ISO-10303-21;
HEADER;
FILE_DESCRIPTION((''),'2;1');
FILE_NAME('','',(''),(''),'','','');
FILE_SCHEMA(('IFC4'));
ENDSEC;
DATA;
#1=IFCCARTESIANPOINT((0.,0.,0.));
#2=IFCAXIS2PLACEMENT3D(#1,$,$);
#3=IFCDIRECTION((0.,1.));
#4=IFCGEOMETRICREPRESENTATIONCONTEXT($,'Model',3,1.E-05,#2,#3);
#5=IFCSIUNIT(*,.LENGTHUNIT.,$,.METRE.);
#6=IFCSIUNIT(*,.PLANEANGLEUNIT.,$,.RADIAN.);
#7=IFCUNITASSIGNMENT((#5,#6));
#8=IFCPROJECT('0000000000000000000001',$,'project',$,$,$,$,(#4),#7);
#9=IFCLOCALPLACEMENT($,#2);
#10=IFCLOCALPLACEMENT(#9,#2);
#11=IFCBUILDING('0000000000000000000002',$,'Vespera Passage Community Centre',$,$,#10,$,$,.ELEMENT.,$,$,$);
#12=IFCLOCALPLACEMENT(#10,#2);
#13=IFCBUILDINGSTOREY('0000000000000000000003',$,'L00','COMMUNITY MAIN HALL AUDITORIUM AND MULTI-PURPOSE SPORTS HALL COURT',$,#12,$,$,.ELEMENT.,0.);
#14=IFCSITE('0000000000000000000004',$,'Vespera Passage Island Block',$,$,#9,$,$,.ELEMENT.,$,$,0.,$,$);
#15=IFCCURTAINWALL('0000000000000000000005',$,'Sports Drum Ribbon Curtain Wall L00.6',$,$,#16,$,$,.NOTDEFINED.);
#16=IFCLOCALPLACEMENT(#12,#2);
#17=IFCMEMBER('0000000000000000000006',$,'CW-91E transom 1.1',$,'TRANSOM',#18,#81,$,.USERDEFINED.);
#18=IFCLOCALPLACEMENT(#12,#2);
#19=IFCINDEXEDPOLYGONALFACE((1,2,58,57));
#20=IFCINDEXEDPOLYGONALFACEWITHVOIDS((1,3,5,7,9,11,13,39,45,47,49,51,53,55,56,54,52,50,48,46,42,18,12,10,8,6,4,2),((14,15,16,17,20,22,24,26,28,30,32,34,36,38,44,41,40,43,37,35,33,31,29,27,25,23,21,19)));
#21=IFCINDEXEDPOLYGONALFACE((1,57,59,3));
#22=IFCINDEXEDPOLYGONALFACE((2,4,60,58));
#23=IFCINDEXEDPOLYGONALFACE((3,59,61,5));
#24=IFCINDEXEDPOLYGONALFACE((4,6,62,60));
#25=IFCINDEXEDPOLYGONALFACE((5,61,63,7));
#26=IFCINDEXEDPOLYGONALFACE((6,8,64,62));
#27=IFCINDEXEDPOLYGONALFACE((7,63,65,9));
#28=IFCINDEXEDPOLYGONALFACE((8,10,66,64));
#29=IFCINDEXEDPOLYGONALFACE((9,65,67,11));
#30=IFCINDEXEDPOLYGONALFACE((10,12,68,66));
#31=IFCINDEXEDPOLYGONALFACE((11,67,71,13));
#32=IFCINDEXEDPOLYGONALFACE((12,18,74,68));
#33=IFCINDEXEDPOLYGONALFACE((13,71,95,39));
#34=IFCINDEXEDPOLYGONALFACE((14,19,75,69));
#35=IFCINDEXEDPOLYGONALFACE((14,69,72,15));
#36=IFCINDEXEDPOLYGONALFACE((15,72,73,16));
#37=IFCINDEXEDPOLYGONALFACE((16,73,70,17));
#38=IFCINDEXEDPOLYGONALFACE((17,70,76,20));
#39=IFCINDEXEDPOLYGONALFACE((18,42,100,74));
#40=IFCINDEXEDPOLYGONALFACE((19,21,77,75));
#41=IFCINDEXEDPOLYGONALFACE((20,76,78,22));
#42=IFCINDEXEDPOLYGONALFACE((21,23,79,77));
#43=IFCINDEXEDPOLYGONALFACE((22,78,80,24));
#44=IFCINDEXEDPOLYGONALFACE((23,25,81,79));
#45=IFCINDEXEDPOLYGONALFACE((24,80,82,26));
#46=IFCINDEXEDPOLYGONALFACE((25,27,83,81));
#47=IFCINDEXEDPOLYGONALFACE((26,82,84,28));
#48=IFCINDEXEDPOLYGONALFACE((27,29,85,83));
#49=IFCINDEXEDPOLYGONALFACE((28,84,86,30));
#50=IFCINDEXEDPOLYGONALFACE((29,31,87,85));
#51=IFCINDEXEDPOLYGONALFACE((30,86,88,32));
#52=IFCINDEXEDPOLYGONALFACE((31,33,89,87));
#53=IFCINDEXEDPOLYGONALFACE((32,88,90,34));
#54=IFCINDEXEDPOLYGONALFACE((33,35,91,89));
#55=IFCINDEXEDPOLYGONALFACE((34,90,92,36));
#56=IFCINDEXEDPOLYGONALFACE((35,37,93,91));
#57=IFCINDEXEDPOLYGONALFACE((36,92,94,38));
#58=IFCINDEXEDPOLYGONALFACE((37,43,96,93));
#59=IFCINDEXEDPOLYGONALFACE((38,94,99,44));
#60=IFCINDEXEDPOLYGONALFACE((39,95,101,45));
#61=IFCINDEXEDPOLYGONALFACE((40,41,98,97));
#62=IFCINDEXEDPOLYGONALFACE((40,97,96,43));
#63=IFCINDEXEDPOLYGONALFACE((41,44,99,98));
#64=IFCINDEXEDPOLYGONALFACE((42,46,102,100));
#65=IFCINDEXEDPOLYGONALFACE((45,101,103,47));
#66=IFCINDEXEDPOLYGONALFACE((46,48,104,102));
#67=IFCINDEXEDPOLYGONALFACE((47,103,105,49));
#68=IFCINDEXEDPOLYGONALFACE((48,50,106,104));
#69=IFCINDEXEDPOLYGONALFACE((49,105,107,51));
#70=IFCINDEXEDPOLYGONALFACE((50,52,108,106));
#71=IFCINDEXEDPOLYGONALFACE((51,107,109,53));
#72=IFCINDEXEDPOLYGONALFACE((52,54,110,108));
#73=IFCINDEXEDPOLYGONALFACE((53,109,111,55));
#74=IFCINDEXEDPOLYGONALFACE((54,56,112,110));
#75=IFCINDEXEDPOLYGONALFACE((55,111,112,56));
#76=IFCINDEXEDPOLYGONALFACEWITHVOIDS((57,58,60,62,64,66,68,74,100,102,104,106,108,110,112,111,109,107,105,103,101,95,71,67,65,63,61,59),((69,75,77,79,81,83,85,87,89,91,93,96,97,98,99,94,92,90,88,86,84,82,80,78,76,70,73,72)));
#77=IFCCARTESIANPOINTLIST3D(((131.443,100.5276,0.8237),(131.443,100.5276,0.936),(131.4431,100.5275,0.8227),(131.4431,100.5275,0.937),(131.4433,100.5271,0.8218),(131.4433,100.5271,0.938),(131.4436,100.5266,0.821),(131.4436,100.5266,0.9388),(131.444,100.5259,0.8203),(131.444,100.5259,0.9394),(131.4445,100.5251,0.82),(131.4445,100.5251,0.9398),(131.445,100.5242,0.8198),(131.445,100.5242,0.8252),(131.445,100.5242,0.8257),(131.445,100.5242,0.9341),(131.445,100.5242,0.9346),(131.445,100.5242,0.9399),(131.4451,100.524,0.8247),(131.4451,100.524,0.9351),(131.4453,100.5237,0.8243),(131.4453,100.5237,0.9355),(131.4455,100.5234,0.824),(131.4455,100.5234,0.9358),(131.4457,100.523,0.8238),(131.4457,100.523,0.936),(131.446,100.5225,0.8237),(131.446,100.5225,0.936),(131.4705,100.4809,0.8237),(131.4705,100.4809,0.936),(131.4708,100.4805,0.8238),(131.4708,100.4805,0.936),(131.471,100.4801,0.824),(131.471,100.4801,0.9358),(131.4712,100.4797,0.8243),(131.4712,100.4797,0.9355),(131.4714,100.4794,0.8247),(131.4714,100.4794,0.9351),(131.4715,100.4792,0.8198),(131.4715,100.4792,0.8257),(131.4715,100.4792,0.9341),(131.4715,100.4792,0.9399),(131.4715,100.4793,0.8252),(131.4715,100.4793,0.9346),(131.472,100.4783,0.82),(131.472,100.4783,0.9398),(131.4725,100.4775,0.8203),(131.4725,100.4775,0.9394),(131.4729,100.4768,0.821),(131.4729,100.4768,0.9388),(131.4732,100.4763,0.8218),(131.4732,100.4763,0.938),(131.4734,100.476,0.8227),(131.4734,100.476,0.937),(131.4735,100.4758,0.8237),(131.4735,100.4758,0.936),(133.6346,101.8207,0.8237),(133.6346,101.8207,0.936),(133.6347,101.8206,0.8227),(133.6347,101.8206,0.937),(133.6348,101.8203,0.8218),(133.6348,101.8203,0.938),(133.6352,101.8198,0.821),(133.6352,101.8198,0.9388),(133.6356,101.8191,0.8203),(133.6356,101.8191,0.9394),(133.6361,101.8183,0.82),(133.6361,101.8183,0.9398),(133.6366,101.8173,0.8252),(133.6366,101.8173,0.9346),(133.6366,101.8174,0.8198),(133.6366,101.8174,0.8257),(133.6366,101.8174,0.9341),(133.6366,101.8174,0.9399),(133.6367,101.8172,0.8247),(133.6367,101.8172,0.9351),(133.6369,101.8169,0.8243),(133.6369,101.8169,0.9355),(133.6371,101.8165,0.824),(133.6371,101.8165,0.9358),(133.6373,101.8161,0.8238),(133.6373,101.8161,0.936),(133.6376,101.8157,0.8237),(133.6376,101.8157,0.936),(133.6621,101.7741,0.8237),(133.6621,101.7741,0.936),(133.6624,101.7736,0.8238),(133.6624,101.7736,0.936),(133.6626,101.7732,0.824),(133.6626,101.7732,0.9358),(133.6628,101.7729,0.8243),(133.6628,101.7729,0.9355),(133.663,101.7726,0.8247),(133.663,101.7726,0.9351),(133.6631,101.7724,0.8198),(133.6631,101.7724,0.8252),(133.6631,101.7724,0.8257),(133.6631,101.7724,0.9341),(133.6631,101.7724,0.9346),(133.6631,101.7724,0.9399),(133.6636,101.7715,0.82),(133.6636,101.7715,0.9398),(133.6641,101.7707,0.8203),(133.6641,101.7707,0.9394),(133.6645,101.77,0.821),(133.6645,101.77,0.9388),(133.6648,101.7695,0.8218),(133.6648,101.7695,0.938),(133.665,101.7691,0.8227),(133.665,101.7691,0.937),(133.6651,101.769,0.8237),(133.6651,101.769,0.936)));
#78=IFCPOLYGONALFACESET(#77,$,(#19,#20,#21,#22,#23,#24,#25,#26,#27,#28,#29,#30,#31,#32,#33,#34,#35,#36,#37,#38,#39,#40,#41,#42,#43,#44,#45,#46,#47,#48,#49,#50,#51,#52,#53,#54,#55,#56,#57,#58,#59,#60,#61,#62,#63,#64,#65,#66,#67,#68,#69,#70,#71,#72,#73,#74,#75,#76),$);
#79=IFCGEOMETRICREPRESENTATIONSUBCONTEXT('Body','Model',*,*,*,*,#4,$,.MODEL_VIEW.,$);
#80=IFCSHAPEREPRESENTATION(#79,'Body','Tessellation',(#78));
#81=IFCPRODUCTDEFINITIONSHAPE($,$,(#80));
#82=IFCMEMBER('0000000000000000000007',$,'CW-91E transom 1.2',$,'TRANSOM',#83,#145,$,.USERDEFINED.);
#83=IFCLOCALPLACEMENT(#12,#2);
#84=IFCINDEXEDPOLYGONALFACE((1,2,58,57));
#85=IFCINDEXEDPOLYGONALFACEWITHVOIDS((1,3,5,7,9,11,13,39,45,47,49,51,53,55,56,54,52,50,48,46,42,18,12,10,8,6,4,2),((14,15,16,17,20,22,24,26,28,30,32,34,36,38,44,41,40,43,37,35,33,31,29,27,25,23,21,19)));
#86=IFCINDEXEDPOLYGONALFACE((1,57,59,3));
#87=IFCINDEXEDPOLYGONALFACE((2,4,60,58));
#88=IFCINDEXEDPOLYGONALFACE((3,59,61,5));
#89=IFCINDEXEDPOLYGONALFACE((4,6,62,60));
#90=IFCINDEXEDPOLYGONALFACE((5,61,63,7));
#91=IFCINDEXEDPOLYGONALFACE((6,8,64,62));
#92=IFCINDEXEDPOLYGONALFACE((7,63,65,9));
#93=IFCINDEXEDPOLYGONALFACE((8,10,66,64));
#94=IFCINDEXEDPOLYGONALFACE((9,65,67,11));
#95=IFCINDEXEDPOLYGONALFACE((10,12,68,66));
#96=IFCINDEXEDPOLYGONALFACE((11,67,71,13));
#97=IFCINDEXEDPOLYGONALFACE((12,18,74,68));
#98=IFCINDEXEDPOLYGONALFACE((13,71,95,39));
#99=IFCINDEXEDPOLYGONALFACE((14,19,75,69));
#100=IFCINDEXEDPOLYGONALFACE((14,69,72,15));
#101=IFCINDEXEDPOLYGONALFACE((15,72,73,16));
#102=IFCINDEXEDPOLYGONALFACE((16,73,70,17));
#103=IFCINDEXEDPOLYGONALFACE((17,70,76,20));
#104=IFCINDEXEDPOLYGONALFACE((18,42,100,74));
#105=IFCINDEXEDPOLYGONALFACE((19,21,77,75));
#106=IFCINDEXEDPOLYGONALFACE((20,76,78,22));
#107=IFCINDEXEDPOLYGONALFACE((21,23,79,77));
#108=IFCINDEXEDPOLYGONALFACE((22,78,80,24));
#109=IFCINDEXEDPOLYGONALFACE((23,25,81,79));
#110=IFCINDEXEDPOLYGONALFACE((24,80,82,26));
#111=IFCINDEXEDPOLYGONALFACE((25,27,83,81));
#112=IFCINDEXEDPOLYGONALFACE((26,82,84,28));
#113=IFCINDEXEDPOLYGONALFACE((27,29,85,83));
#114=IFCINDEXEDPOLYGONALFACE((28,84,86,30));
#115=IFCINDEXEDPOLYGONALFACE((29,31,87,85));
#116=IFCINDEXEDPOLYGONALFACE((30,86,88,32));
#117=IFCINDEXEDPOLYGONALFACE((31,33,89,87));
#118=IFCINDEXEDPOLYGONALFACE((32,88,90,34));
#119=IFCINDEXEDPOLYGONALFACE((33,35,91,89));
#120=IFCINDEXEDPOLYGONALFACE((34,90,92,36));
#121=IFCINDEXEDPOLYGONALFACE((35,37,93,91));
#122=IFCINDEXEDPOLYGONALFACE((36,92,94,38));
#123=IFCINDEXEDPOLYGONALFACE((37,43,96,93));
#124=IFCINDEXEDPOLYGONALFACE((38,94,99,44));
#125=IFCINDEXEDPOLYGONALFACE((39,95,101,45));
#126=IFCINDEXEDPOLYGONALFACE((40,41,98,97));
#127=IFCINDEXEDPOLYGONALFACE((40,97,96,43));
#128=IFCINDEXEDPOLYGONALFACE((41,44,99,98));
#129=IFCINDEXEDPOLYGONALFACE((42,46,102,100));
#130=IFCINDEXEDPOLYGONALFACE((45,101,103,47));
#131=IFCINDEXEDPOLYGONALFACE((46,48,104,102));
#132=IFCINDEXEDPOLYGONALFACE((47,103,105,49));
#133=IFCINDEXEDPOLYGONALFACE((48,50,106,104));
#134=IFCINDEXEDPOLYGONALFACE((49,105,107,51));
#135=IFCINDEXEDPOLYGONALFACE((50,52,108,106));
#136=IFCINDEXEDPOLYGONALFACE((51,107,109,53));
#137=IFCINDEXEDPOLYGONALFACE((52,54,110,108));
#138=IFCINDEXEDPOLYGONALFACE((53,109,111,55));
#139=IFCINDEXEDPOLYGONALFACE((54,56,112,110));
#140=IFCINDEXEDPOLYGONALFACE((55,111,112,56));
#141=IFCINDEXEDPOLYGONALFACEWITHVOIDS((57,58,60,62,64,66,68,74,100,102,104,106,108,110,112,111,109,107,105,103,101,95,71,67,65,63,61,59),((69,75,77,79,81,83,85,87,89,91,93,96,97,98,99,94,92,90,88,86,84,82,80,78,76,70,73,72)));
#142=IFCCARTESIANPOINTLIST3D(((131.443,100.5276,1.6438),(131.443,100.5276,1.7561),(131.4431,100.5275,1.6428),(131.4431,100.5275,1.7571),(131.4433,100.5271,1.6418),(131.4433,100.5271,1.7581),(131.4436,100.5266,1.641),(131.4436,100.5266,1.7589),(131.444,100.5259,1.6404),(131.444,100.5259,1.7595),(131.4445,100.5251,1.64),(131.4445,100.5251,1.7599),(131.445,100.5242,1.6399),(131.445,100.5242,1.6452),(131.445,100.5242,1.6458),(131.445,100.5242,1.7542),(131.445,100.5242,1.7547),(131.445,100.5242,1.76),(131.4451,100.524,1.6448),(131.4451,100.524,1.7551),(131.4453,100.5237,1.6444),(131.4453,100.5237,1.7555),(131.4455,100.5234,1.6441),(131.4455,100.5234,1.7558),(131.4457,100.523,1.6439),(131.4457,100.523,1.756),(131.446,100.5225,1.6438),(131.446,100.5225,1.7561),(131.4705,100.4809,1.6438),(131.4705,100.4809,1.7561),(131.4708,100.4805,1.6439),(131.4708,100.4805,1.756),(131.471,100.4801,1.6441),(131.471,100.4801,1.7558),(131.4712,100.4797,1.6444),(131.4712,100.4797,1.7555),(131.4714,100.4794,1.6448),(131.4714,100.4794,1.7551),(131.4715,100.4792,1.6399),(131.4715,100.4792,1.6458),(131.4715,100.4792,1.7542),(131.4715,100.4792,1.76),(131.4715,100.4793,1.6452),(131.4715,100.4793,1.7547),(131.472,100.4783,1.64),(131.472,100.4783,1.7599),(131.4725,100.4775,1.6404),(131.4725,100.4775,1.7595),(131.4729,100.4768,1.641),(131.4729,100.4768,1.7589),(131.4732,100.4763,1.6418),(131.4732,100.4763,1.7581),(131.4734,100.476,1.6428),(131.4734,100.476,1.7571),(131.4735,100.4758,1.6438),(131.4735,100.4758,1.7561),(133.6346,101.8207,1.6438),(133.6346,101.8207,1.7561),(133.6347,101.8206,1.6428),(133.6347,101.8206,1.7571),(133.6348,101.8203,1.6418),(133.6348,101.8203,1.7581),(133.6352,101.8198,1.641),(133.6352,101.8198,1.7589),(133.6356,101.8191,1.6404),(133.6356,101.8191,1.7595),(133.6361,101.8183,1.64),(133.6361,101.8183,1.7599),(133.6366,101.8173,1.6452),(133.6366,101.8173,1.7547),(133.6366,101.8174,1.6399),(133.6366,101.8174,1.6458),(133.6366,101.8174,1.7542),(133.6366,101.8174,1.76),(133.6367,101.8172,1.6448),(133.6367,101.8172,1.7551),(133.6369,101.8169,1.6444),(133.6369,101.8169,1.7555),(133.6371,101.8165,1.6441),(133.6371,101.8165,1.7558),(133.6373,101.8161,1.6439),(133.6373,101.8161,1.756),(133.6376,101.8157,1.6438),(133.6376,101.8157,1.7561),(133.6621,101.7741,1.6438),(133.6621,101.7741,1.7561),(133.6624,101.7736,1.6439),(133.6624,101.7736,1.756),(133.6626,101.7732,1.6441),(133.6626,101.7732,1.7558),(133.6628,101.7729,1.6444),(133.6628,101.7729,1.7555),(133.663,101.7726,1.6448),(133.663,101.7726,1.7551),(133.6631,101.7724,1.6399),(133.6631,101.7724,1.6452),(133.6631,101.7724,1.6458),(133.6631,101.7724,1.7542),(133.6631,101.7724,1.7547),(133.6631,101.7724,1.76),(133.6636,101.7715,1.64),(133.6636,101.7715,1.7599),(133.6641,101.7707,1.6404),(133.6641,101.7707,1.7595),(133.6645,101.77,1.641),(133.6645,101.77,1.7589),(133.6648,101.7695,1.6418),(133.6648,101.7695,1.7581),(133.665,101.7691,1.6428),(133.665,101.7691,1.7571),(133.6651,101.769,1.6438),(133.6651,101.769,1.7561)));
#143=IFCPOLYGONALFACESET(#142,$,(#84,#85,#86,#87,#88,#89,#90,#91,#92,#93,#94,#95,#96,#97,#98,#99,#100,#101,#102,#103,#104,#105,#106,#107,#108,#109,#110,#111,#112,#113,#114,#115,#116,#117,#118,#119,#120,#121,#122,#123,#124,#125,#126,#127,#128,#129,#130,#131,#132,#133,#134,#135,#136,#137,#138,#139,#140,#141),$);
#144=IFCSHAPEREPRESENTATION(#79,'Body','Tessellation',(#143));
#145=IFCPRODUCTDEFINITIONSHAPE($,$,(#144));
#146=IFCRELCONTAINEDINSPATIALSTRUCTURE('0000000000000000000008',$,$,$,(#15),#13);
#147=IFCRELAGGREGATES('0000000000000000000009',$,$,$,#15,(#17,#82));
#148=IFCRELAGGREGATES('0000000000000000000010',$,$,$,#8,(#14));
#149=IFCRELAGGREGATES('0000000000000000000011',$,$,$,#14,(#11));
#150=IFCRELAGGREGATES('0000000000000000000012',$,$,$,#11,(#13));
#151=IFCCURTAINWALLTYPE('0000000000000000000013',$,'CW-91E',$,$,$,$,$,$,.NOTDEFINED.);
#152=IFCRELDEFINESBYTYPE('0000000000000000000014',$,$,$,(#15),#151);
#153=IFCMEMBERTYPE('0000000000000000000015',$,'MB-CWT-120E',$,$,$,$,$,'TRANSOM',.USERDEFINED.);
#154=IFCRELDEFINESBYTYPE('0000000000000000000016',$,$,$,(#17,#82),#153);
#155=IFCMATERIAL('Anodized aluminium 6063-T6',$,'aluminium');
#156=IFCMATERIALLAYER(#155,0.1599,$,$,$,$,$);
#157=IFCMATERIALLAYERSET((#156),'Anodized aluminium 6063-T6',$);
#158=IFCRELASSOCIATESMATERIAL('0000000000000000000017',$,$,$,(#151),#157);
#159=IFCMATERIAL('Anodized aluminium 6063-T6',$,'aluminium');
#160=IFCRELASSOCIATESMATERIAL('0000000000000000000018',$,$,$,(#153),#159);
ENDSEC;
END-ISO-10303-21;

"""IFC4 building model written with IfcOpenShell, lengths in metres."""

from ifc_helpers import new_model, si_unit, direction, frame, origin, origin_2d, place, context, subcontext, project, spatial, hollow_rectangle, extrude, material, layer, layer_set, material_profile, profile_set, type_object, element, aggregate, save


model = new_model("IFC4")

# Units and contexts
model_context = context("Model", 3, precision=1e-05, world=origin(), true_north=direction((0.0, 1.0)))
body_context = subcontext(model_context, "Body", "Model", "MODEL_VIEW")
ifc_project = project(units=[si_unit("LENGTHUNIT", "METRE"), si_unit("PLANEANGLEUNIT", "RADIAN")], contexts=[model_context])

# Site, building, storey
site_placement = place(None, origin())
site = spatial("IfcSite", under=ifc_project, at=site_placement, Name="Vespera Passage Island Block", CompositionType="ELEMENT", RefElevation=0.0)
building_placement = place(site_placement, origin())
building = spatial("IfcBuilding", under=site, at=building_placement, Name="Vespera Passage Community Centre", CompositionType="ELEMENT")
storey_placement = place(building_placement, origin())
storey = spatial("IfcBuildingStorey", under=building, at=storey_placement, Name="L00", Description="COMMUNITY MAIN HALL AUDITORIUM AND MULTI-PURPOSE SPORTS HALL COURT", CompositionType="ELEMENT", Elevation=0.0)

# Curtain wall, members
ifc_material_1 = material(Name="Anodized aluminium 6063-T6", Category="aluminium")
ifc_layer_1 = layer(ifc_material_1, 0.1599)
ifc_layer_set_1 = layer_set([ifc_layer_1], Name="Anodized aluminium 6063-T6")
curtain_wall_type = type_object("IfcCurtainWallType", Name="CW-91E", PredefinedType="NOTDEFINED", material=ifc_layer_set_1)
curtain_wall_placement = place(storey_placement, origin())
curtain_wall = element("IfcCurtainWall", 1, at=curtain_wall_placement, inside=storey, type_object=curtain_wall_type, Name="Sports Drum Ribbon Curtain Wall L00.6", PredefinedType="NOTDEFINED")
ifc_material_2 = material(Name="Anodized aluminium 6063-T6", Category="aluminium")
ifc_material_profile_1 = material_profile(ifc_material_2, hollow_rectangle(XDim=0.0601, YDim=0.1201, WallThickness=0.0039, InnerFilletRadius=0.002, OuterFilletRadius=0.0039, at=origin_2d()), Name="ALU120X60X4")
ifc_profile_set_1 = profile_set([ifc_material_profile_1], Name="Anodized aluminium 6063-T6")
member_type_1 = type_object("IfcMemberType", Name="MB-CWT-120E", ElementType="TRANSOM", PredefinedType="USERDEFINED", material=ifc_profile_set_1)
member_1_placement = place(storey_placement, frame((131.4583, 100.5017, 0.8799), z_axis=(0.861245, 0.508189, 0.0), x_axis=(-0.508189, 0.861245, 0.0)))
member_1 = element("IfcMember", 2, at=member_1_placement, type_object=member_type_1, Name="CW-91E transom 1.1", ObjectType="TRANSOM", PredefinedType="USERDEFINED", context=body_context, shape_type="SweptSolid", body=[
    extrude(hollow_rectangle(XDim=0.0601, YDim=0.1201, WallThickness=0.0039, InnerFilletRadius=0.002, OuterFilletRadius=0.0039, at=origin_2d()), origin(), (0.0, 0.0, 1.0), 2.5447),
])
member_2_placement = place(storey_placement, frame((131.4583, 100.5017, 1.7), z_axis=(0.861245, 0.508189, 0.0), x_axis=(-0.508189, 0.861245, 0.0)))
member_2 = element("IfcMember", 3, at=member_2_placement, type_object=member_type_1, Name="CW-91E transom 1.2", ObjectType="TRANSOM", PredefinedType="USERDEFINED", context=body_context, shape_type="SweptSolid", body=[
    extrude(hollow_rectangle(XDim=0.0601, YDim=0.1201, WallThickness=0.0039, InnerFilletRadius=0.002, OuterFilletRadius=0.0039, at=origin_2d()), origin(), (0.0, 0.0, 1.0), 2.5447),
])
aggregate(curtain_wall, [member_1, member_2])

save(model, "model.ifc")
